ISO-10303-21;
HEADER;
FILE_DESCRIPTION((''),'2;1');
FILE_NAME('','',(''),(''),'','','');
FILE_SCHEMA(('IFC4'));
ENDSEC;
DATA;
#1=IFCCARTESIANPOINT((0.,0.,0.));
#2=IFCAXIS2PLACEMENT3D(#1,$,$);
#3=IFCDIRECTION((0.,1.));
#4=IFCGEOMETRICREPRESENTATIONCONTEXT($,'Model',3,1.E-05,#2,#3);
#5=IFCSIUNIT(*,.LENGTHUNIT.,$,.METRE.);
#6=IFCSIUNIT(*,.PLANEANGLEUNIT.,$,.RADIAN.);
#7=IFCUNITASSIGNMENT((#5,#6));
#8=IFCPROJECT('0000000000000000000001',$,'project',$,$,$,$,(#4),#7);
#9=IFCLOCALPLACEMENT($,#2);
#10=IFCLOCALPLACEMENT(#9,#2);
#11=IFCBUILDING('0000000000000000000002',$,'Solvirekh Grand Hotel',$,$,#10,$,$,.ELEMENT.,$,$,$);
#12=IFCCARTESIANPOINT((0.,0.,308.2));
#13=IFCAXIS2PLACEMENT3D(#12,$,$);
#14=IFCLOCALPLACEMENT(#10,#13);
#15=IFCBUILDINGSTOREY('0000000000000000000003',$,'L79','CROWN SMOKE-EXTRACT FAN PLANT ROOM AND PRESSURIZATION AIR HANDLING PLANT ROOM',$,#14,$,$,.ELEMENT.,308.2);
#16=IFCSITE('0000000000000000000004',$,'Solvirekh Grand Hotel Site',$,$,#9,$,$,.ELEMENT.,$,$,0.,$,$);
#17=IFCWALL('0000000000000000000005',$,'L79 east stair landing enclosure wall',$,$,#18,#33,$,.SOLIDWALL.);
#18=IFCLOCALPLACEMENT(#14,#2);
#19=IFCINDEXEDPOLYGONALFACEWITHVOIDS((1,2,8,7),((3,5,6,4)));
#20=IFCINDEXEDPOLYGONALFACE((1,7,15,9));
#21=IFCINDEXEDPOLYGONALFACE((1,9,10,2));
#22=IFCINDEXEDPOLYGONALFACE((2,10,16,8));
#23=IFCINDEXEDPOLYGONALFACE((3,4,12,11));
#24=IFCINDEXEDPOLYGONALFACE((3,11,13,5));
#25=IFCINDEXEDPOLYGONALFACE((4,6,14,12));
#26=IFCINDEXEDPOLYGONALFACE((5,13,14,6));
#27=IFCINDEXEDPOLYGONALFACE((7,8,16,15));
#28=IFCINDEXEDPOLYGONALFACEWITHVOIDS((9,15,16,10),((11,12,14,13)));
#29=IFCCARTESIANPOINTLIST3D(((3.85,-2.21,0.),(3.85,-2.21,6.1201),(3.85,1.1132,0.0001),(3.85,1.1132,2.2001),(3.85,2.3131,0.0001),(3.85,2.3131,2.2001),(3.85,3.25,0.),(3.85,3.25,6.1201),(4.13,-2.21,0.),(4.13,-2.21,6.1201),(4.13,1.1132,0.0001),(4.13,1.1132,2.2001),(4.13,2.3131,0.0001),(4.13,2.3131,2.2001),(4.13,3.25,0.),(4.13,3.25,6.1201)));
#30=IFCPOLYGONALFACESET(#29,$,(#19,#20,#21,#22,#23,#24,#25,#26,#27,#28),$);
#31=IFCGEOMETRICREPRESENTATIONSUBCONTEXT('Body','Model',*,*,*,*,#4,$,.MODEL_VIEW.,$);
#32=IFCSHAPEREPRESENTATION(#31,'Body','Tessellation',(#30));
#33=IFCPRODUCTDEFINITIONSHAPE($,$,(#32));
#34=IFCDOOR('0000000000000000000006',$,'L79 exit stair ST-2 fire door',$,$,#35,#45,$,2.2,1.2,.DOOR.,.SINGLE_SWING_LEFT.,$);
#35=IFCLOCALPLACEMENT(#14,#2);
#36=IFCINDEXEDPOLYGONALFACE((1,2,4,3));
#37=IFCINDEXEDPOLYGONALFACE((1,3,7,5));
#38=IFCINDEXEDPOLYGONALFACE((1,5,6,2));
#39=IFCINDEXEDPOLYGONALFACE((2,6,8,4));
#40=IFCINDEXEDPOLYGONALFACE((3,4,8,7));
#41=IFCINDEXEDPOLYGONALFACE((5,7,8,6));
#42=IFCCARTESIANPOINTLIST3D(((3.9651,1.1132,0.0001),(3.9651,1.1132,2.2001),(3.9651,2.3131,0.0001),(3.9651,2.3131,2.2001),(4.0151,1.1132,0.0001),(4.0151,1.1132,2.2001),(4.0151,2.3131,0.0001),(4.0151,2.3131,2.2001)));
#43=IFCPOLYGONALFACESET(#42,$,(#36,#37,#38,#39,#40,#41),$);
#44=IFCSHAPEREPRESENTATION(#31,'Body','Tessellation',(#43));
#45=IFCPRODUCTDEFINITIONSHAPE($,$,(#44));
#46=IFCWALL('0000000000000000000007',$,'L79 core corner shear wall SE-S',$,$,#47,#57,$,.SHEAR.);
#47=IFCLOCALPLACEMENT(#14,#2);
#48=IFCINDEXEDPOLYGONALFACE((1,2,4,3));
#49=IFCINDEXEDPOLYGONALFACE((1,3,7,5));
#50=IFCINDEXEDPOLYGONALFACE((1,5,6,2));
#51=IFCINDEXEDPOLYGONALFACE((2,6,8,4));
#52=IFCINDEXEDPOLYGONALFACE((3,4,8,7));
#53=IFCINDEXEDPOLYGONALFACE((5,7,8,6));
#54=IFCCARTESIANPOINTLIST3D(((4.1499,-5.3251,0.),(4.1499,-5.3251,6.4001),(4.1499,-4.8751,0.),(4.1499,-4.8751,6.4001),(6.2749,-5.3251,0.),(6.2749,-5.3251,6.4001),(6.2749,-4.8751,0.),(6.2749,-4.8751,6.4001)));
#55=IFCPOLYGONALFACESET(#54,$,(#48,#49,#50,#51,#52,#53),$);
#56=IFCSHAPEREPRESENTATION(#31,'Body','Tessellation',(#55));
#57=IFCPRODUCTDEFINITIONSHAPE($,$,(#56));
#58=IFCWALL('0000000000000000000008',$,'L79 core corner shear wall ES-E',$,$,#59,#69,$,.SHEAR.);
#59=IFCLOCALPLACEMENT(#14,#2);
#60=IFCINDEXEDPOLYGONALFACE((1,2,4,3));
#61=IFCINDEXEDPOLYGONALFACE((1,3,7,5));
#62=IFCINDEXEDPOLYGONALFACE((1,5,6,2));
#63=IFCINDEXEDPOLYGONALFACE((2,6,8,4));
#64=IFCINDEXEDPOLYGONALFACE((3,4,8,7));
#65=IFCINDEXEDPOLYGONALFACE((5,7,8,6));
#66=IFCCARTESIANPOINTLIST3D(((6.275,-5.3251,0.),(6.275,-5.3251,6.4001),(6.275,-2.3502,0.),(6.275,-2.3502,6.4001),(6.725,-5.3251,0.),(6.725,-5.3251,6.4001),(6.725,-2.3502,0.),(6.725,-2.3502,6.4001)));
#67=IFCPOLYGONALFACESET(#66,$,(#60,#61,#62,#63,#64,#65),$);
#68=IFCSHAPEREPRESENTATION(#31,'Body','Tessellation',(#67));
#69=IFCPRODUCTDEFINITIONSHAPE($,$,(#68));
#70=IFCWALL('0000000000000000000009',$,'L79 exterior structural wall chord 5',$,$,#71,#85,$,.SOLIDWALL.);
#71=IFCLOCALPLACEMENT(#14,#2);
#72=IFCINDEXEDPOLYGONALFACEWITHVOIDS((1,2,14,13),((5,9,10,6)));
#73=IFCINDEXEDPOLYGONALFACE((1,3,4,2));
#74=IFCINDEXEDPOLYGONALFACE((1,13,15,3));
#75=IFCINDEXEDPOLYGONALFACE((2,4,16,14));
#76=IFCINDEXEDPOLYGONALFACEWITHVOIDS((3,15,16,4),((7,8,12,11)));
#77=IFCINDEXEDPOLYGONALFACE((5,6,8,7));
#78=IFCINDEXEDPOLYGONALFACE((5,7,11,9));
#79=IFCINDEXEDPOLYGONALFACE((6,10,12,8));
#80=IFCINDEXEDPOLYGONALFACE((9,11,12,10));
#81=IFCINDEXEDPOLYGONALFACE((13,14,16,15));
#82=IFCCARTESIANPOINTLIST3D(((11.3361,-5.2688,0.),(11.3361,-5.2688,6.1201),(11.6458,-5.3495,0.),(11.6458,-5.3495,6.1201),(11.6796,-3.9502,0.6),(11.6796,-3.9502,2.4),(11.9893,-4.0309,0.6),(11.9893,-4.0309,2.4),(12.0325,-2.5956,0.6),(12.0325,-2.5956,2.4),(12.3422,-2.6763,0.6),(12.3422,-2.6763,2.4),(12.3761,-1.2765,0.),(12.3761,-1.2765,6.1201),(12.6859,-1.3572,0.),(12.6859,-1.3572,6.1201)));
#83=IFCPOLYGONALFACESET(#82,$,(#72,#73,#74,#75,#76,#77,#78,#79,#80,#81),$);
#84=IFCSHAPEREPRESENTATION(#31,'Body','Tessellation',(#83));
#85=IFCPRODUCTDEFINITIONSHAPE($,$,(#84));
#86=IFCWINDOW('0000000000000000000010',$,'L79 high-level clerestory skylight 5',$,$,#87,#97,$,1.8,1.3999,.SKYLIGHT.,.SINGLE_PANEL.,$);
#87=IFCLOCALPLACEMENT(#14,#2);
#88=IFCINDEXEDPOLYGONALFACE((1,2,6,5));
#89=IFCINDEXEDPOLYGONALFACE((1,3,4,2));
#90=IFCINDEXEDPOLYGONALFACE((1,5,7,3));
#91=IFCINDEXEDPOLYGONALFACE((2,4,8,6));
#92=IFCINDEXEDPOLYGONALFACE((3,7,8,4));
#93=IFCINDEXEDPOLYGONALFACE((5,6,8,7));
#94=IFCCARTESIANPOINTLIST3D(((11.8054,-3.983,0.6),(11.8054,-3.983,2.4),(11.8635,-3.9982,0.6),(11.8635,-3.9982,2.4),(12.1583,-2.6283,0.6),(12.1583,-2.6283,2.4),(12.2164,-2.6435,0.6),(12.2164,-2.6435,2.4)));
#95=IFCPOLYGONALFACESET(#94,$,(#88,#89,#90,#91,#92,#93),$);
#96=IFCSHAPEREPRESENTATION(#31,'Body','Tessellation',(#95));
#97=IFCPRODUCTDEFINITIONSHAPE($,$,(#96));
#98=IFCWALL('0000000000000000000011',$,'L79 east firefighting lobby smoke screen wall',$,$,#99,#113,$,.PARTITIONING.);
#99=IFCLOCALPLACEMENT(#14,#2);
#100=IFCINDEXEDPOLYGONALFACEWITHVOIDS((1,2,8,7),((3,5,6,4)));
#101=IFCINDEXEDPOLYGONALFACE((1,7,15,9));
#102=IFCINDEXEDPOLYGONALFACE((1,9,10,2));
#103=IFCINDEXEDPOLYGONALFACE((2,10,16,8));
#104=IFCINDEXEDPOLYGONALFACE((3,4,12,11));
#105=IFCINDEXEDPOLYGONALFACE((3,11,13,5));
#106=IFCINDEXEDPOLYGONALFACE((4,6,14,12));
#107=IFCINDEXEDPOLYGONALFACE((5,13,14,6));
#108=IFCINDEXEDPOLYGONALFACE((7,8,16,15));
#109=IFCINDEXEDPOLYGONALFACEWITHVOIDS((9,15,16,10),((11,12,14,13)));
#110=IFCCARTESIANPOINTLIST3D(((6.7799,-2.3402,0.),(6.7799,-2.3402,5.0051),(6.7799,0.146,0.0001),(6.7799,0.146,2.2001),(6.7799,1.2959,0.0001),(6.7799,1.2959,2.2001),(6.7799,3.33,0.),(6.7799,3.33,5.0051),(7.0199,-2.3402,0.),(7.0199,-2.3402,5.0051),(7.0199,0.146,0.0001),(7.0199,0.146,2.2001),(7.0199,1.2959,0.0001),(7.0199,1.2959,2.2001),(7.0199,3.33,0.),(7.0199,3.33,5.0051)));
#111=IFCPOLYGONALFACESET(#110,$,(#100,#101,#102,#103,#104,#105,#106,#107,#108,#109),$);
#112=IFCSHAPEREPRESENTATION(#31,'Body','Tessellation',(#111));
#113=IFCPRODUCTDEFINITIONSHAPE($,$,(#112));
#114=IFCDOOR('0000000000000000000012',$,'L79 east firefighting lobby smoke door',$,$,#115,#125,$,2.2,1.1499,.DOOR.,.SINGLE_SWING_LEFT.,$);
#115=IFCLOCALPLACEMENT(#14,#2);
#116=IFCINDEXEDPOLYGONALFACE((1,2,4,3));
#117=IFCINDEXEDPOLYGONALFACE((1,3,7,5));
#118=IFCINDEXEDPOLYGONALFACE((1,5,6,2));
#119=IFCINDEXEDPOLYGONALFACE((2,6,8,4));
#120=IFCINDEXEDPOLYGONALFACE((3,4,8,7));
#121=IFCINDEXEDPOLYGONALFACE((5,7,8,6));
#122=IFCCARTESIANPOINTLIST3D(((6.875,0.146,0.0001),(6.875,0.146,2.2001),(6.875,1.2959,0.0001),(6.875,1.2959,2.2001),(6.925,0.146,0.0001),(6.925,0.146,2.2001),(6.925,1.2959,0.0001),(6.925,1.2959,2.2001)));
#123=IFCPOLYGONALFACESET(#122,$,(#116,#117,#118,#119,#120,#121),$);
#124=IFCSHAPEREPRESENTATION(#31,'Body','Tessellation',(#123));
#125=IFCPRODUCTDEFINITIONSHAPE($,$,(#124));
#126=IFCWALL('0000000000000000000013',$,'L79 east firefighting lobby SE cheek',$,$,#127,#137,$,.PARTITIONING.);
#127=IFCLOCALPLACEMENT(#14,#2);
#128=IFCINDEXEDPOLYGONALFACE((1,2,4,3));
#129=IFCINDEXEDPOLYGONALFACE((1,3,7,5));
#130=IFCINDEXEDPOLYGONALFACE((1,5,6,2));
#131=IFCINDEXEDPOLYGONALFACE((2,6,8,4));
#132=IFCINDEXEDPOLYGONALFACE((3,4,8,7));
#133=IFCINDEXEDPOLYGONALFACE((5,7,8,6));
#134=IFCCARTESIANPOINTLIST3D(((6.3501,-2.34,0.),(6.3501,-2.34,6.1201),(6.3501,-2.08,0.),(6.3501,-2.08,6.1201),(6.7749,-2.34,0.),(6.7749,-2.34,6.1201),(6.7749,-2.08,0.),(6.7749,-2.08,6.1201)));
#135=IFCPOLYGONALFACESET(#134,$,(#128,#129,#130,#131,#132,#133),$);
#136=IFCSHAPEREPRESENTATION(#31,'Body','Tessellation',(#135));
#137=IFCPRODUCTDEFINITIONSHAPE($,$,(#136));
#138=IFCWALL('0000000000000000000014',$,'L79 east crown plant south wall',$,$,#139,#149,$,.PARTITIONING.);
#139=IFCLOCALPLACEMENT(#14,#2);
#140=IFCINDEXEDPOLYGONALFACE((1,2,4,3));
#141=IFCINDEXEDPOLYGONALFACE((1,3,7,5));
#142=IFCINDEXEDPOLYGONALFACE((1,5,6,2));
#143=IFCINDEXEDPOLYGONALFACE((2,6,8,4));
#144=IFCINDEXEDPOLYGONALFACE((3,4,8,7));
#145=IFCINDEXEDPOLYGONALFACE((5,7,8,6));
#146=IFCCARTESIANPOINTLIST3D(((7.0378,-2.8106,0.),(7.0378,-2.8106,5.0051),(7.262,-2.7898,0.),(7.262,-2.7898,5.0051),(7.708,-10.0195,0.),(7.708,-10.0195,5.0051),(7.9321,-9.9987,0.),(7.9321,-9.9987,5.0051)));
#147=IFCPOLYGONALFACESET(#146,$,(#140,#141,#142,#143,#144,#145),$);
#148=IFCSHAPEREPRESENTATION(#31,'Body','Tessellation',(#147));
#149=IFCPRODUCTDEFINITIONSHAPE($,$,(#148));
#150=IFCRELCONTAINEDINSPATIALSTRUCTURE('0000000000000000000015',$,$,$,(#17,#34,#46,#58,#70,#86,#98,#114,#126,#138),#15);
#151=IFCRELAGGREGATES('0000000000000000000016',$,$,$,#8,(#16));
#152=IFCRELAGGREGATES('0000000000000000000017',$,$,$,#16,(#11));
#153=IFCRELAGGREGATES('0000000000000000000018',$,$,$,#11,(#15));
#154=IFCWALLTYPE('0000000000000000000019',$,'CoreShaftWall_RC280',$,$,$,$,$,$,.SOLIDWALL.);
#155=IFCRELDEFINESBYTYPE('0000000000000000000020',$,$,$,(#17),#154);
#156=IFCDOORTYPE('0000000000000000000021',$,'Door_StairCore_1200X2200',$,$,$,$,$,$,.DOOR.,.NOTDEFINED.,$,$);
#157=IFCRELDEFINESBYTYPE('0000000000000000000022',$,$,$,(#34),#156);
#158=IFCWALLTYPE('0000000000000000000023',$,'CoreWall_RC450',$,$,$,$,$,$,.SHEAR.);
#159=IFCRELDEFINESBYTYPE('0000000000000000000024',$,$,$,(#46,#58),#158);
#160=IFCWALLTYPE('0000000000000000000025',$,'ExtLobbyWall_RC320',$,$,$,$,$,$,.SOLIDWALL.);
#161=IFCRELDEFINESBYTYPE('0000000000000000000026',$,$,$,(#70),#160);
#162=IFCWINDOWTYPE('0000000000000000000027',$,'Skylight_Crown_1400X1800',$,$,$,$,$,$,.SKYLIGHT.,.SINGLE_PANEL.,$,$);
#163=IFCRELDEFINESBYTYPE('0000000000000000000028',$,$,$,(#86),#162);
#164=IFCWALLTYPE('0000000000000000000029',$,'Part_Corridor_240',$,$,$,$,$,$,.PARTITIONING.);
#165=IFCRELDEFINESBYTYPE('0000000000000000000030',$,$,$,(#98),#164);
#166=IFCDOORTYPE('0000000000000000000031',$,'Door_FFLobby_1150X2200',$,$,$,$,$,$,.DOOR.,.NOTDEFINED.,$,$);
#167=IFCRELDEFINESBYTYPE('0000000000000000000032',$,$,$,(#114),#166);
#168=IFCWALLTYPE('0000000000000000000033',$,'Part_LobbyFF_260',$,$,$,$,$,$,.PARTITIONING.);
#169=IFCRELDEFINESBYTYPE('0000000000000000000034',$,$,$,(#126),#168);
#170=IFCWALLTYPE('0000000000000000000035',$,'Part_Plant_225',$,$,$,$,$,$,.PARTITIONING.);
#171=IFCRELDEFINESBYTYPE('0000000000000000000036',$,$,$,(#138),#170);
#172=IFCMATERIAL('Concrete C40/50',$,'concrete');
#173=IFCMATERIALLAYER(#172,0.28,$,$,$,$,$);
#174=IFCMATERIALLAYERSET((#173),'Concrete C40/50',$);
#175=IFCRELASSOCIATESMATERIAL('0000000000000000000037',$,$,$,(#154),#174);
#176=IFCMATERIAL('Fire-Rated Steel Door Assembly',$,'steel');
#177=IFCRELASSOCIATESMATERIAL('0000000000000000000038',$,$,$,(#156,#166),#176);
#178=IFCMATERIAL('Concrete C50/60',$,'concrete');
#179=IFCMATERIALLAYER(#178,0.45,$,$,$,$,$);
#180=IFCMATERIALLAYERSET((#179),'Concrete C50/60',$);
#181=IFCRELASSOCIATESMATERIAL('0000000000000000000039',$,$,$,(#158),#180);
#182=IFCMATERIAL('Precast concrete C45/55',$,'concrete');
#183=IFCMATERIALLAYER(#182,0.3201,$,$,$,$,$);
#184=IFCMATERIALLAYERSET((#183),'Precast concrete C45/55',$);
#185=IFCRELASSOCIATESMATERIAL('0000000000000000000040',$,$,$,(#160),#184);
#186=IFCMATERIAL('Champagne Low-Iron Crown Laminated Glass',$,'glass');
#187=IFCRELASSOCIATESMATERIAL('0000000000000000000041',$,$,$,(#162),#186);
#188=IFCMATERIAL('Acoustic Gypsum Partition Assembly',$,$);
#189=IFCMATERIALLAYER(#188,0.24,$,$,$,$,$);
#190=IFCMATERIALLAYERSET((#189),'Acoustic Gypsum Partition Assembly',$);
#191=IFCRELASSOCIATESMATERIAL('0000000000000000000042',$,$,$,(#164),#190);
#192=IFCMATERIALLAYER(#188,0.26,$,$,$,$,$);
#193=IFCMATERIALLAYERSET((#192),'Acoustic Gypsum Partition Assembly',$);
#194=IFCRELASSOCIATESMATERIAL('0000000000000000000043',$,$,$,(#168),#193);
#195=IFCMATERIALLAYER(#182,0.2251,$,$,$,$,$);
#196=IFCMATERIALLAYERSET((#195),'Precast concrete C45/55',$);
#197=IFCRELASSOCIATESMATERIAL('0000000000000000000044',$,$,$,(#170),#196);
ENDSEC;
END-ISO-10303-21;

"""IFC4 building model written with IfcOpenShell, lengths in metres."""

from ifc_helpers import new_model, si_unit, direction, frame, frame_2d, origin, place, context, subcontext, project, spatial, rectangle, extrude, material, layer, layer_set, type_object, element, fill, save


model = new_model("IFC4")

# Units and contexts
model_context = context("Model", 3, precision=1e-05, world=origin(), true_north=direction((0.0, 1.0)))
body_context = subcontext(model_context, "Body", "Model", "MODEL_VIEW")
ifc_project = project(units=[si_unit("LENGTHUNIT", "METRE"), si_unit("PLANEANGLEUNIT", "RADIAN")], contexts=[model_context])

# Site, building, storey
site_placement = place(None, origin())
site = spatial("IfcSite", under=ifc_project, at=site_placement, Name="Solvirekh Grand Hotel Site", CompositionType="ELEMENT", RefElevation=0.0)
building_placement = place(site_placement, origin())
building = spatial("IfcBuilding", under=site, at=building_placement, Name="Solvirekh Grand Hotel", CompositionType="ELEMENT")
storey_placement = place(building_placement, frame((0.0, 0.0, 308.2)))
storey = spatial("IfcBuildingStorey", under=building, at=storey_placement, Name="L79", Description="CROWN SMOKE-EXTRACT FAN PLANT ROOM AND PRESSURIZATION AIR HANDLING PLANT ROOM", CompositionType="ELEMENT", Elevation=308.2)

# Shared definitions
ifc_material_1 = material(Name="Concrete C50/60", Category="concrete")

# Shared definitions
ifc_material_2 = material(Name="Concrete C40/50", Category="concrete")

# Shared definitions
ifc_layer_1 = layer(ifc_material_2, 0.28)
ifc_layer_set_1 = layer_set([ifc_layer_1], Name="Concrete C40/50")
wall_type_1 = type_object("IfcWallType", Name="CoreShaftWall_RC280", PredefinedType="SOLIDWALL", material=ifc_layer_set_1)
ifc_material_3 = material(Name="Fire-Rated Steel Door Assembly", Category="steel")

# Wall, opening, door
wall_1_placement = place(storey_placement, frame((3.99, -2.21, 0.0), z_axis=(0.0, 0.0, 1.0), x_axis=(0.0, 1.0, 0.0)))
wall_1 = element("IfcWall", 1, at=wall_1_placement, inside=storey, type_object=wall_type_1, Name="L79 east stair landing enclosure wall", PredefinedType="SOLIDWALL", context=body_context, shape_type="SweptSolid", body=[
    extrude(rectangle(XDim=5.46, YDim=0.28, at=frame_2d((2.73, 0.0))), origin(), (0.0, 0.0, 1.0), 6.1201),
])
opening_1_placement = place(wall_1_placement, frame((3.323, 0.0, 0.0)))
opening_1 = element("IfcOpeningElement", 2, at=opening_1_placement, cuts=wall_1, PredefinedType="OPENING", context=body_context, shape_type="SweptSolid", body=[
    extrude(rectangle(XDim=1.2, YDim=2.2, at=frame_2d((0.6001, 1.1001))), frame((0.0, 0.1499, 0.0), z_axis=(0.0, -1.0, 0.0), x_axis=(1.0, 0.0, 0.0)), (0.0, 0.0, 1.0), 0.3),
])
door_type_1 = type_object("IfcDoorType", Name="Door_StairCore_1200X2200", OperationType="NOTDEFINED", PredefinedType="DOOR", material=ifc_material_3)
door_1_placement = place(opening_1_placement, origin())
door_1 = element("IfcDoor", 3, at=door_1_placement, inside=storey, type_object=door_type_1, Name="L79 exit stair ST-2 fire door", OperationType="SINGLE_SWING_LEFT", OverallHeight=2.2, OverallWidth=1.2, PredefinedType="DOOR", context=body_context, shape_type="SweptSolid", body=[
    extrude(rectangle(XDim=1.2, YDim=2.2, at=frame_2d((0.6001, 1.1001))), frame((0.0, 0.0249, 0.0), z_axis=(0.0, -1.0, 0.0), x_axis=(1.0, 0.0, 0.0)), (0.0, 0.0, 1.0), 0.05),
])
fill(opening_1, door_1)

# Walls
ifc_layer_2 = layer(ifc_material_1, 0.45)
ifc_layer_set_2 = layer_set([ifc_layer_2], Name="Concrete C50/60")
wall_type_2 = type_object("IfcWallType", Name="CoreWall_RC450", PredefinedType="SHEAR", material=ifc_layer_set_2)
wall_2_placement = place(storey_placement, frame((4.1499, -5.1001, 0.0), z_axis=(0.0, 0.0, 1.0), x_axis=(1.0, 0.0, 0.0)))
element("IfcWall", 4, at=wall_2_placement, inside=storey, type_object=wall_type_2, Name="L79 core corner shear wall SE-S", PredefinedType="SHEAR", context=body_context, shape_type="SweptSolid", body=[
    extrude(rectangle(XDim=2.125, YDim=0.45, at=frame_2d((1.0625, 0.0))), origin(), (0.0, 0.0, 1.0), 6.4001),
])
wall_3_placement = place(storey_placement, frame((6.5, -5.325, 0.0), z_axis=(0.0, 0.0, 1.0), x_axis=(0.0, 1.0, 0.0)))
element("IfcWall", 5, at=wall_3_placement, inside=storey, type_object=wall_type_2, Name="L79 core corner shear wall ES-E", PredefinedType="SHEAR", context=body_context, shape_type="SweptSolid", body=[
    extrude(rectangle(XDim=2.9749, YDim=0.45, at=frame_2d((1.4873, 0.0))), origin(), (0.0, 0.0, 1.0), 6.4001),
])

# Wall, opening, window
ifc_material_4 = material(Name="Precast concrete C45/55", Category="concrete")
ifc_layer_3 = layer(ifc_material_4, 0.3201)
ifc_layer_set_3 = layer_set([ifc_layer_3], Name="Precast concrete C45/55")
wall_type_3 = type_object("IfcWallType", Name="ExtLobbyWall_RC320", PredefinedType="SOLIDWALL", material=ifc_layer_set_3)
wall_4_placement = place(storey_placement, frame((12.531, -1.3169, 0.0), z_axis=(0.0, 0.0, 1.0), x_axis=(-0.252104, -0.9677, 0.0)))
wall_4 = element("IfcWall", 6, at=wall_4_placement, inside=storey, type_object=wall_type_3, Name="L79 exterior structural wall chord 5", PredefinedType="SOLIDWALL", context=body_context, shape_type="SweptSolid", body=[
    extrude(rectangle(XDim=4.1255, YDim=0.3201, at=frame_2d((2.0627, 0.0))), origin(), (0.0, 0.0, 1.0), 6.1201),
])
opening_2_placement = place(wall_4_placement, frame((1.363, 0.0, 0.6001)))
opening_2 = element("IfcOpeningElement", 7, at=opening_2_placement, cuts=wall_4, PredefinedType="OPENING", context=body_context, shape_type="SweptSolid", body=[
    extrude(rectangle(XDim=1.3999, YDim=1.8, at=frame_2d((0.7, 0.8999))), frame((0.0, 0.1699, 0.0), z_axis=(0.0, -1.0, 0.0), x_axis=(1.0, 0.0, 0.0)), (0.0, 0.0, 1.0), 0.3401),
])
ifc_material_5 = material(Name="Champagne Low-Iron Crown Laminated Glass", Category="glass")
window_type = type_object("IfcWindowType", Name="Skylight_Crown_1400X1800", PartitioningType="SINGLE_PANEL", PredefinedType="SKYLIGHT", material=ifc_material_5)
window_placement = place(opening_2_placement, origin())
window = element("IfcWindow", 8, at=window_placement, inside=storey, type_object=window_type, Name="L79 high-level clerestory skylight 5", OverallHeight=1.8, OverallWidth=1.3999, PartitioningType="SINGLE_PANEL", PredefinedType="SKYLIGHT", context=body_context, shape_type="SweptSolid", body=[
    extrude(rectangle(XDim=1.3999, YDim=1.8, at=frame_2d((0.7, 0.8999))), frame((0.0, 0.03, 0.0), z_axis=(0.0, -1.0, 0.0), x_axis=(1.0, 0.0, 0.0)), (0.0, 0.0, 1.0), 0.0601),
])
fill(opening_2, window)

# Wall, opening, door
ifc_material_6 = material(Name="Acoustic Gypsum Partition Assembly")
ifc_layer_4 = layer(ifc_material_6, 0.24)
ifc_layer_set_4 = layer_set([ifc_layer_4], Name="Acoustic Gypsum Partition Assembly")
wall_type_4 = type_object("IfcWallType", Name="Part_Corridor_240", PredefinedType="PARTITIONING", material=ifc_layer_set_4)
wall_5_placement = place(storey_placement, frame((6.8999, -2.3401, 0.0), z_axis=(0.0, 0.0, 1.0), x_axis=(0.0, 1.0, 0.0)))
wall_5 = element("IfcWall", 9, at=wall_5_placement, inside=storey, type_object=wall_type_4, Name="L79 east firefighting lobby smoke screen wall", PredefinedType="PARTITIONING", context=body_context, shape_type="SweptSolid", body=[
    extrude(rectangle(XDim=5.6702, YDim=0.24, at=frame_2d((2.835, 0.0))), origin(), (0.0, 0.0, 1.0), 5.0051),
])
opening_3_placement = place(wall_5_placement, frame((2.4861, 0.0, 0.0)))
opening_3 = element("IfcOpeningElement", 10, at=opening_3_placement, cuts=wall_5, PredefinedType="OPENING", context=body_context, shape_type="SweptSolid", body=[
    extrude(rectangle(XDim=1.1499, YDim=2.2, at=frame_2d((0.575, 1.1001))), frame((0.0, 0.1299, 0.0), z_axis=(0.0, -1.0, 0.0), x_axis=(1.0, 0.0, 0.0)), (0.0, 0.0, 1.0), 0.26),
])
door_type_2 = type_object("IfcDoorType", Name="Door_FFLobby_1150X2200", OperationType="NOTDEFINED", PredefinedType="DOOR", material=ifc_material_3)
door_2_placement = place(opening_3_placement, origin())
door_2 = element("IfcDoor", 11, at=door_2_placement, inside=storey, type_object=door_type_2, Name="L79 east firefighting lobby smoke door", OperationType="SINGLE_SWING_LEFT", OverallHeight=2.2, OverallWidth=1.1499, PredefinedType="DOOR", context=body_context, shape_type="SweptSolid", body=[
    extrude(rectangle(XDim=1.1499, YDim=2.2, at=frame_2d((0.575, 1.1001))), frame((0.0, 0.0249, 0.0), z_axis=(0.0, -1.0, 0.0), x_axis=(1.0, 0.0, 0.0)), (0.0, 0.0, 1.0), 0.05),
])
fill(opening_3, door_2)

# Walls
ifc_layer_5 = layer(ifc_material_6, 0.26)
ifc_layer_set_5 = layer_set([ifc_layer_5], Name="Acoustic Gypsum Partition Assembly")
wall_type_5 = type_object("IfcWallType", Name="Part_LobbyFF_260", PredefinedType="PARTITIONING", material=ifc_layer_set_5)
wall_6_placement = place(storey_placement, frame((6.3501, -2.21, 0.0), z_axis=(0.0, 0.0, 1.0), x_axis=(1.0, 0.0, 0.0)))
element("IfcWall", 12, at=wall_6_placement, inside=storey, type_object=wall_type_5, Name="L79 east firefighting lobby SE cheek", PredefinedType="PARTITIONING", context=body_context, shape_type="SweptSolid", body=[
    extrude(rectangle(XDim=0.4248, YDim=0.26, at=frame_2d((0.2124, 0.0))), origin(), (0.0, 0.0, 1.0), 6.1201),
])
ifc_layer_6 = layer(ifc_material_4, 0.2251)
ifc_layer_set_6 = layer_set([ifc_layer_6], Name="Precast concrete C45/55")
wall_type_6 = type_object("IfcWallType", Name="Part_Plant_225", PredefinedType="PARTITIONING", material=ifc_layer_set_6)
wall_7_placement = place(storey_placement, frame((7.1499, -2.8, 0.0), z_axis=(0.0, 0.0, 1.0), x_axis=(0.092564, -0.995707, 0.0)))
element("IfcWall", 13, at=wall_7_placement, inside=storey, type_object=wall_type_6, Name="L79 east crown plant south wall", PredefinedType="PARTITIONING", context=body_context, shape_type="SweptSolid", body=[
    extrude(rectangle(XDim=7.24, YDim=0.2251, at=frame_2d((3.6201, 0.0))), origin(), (0.0, 0.0, 1.0), 5.0051),
])

save(model, "model.ifc")
